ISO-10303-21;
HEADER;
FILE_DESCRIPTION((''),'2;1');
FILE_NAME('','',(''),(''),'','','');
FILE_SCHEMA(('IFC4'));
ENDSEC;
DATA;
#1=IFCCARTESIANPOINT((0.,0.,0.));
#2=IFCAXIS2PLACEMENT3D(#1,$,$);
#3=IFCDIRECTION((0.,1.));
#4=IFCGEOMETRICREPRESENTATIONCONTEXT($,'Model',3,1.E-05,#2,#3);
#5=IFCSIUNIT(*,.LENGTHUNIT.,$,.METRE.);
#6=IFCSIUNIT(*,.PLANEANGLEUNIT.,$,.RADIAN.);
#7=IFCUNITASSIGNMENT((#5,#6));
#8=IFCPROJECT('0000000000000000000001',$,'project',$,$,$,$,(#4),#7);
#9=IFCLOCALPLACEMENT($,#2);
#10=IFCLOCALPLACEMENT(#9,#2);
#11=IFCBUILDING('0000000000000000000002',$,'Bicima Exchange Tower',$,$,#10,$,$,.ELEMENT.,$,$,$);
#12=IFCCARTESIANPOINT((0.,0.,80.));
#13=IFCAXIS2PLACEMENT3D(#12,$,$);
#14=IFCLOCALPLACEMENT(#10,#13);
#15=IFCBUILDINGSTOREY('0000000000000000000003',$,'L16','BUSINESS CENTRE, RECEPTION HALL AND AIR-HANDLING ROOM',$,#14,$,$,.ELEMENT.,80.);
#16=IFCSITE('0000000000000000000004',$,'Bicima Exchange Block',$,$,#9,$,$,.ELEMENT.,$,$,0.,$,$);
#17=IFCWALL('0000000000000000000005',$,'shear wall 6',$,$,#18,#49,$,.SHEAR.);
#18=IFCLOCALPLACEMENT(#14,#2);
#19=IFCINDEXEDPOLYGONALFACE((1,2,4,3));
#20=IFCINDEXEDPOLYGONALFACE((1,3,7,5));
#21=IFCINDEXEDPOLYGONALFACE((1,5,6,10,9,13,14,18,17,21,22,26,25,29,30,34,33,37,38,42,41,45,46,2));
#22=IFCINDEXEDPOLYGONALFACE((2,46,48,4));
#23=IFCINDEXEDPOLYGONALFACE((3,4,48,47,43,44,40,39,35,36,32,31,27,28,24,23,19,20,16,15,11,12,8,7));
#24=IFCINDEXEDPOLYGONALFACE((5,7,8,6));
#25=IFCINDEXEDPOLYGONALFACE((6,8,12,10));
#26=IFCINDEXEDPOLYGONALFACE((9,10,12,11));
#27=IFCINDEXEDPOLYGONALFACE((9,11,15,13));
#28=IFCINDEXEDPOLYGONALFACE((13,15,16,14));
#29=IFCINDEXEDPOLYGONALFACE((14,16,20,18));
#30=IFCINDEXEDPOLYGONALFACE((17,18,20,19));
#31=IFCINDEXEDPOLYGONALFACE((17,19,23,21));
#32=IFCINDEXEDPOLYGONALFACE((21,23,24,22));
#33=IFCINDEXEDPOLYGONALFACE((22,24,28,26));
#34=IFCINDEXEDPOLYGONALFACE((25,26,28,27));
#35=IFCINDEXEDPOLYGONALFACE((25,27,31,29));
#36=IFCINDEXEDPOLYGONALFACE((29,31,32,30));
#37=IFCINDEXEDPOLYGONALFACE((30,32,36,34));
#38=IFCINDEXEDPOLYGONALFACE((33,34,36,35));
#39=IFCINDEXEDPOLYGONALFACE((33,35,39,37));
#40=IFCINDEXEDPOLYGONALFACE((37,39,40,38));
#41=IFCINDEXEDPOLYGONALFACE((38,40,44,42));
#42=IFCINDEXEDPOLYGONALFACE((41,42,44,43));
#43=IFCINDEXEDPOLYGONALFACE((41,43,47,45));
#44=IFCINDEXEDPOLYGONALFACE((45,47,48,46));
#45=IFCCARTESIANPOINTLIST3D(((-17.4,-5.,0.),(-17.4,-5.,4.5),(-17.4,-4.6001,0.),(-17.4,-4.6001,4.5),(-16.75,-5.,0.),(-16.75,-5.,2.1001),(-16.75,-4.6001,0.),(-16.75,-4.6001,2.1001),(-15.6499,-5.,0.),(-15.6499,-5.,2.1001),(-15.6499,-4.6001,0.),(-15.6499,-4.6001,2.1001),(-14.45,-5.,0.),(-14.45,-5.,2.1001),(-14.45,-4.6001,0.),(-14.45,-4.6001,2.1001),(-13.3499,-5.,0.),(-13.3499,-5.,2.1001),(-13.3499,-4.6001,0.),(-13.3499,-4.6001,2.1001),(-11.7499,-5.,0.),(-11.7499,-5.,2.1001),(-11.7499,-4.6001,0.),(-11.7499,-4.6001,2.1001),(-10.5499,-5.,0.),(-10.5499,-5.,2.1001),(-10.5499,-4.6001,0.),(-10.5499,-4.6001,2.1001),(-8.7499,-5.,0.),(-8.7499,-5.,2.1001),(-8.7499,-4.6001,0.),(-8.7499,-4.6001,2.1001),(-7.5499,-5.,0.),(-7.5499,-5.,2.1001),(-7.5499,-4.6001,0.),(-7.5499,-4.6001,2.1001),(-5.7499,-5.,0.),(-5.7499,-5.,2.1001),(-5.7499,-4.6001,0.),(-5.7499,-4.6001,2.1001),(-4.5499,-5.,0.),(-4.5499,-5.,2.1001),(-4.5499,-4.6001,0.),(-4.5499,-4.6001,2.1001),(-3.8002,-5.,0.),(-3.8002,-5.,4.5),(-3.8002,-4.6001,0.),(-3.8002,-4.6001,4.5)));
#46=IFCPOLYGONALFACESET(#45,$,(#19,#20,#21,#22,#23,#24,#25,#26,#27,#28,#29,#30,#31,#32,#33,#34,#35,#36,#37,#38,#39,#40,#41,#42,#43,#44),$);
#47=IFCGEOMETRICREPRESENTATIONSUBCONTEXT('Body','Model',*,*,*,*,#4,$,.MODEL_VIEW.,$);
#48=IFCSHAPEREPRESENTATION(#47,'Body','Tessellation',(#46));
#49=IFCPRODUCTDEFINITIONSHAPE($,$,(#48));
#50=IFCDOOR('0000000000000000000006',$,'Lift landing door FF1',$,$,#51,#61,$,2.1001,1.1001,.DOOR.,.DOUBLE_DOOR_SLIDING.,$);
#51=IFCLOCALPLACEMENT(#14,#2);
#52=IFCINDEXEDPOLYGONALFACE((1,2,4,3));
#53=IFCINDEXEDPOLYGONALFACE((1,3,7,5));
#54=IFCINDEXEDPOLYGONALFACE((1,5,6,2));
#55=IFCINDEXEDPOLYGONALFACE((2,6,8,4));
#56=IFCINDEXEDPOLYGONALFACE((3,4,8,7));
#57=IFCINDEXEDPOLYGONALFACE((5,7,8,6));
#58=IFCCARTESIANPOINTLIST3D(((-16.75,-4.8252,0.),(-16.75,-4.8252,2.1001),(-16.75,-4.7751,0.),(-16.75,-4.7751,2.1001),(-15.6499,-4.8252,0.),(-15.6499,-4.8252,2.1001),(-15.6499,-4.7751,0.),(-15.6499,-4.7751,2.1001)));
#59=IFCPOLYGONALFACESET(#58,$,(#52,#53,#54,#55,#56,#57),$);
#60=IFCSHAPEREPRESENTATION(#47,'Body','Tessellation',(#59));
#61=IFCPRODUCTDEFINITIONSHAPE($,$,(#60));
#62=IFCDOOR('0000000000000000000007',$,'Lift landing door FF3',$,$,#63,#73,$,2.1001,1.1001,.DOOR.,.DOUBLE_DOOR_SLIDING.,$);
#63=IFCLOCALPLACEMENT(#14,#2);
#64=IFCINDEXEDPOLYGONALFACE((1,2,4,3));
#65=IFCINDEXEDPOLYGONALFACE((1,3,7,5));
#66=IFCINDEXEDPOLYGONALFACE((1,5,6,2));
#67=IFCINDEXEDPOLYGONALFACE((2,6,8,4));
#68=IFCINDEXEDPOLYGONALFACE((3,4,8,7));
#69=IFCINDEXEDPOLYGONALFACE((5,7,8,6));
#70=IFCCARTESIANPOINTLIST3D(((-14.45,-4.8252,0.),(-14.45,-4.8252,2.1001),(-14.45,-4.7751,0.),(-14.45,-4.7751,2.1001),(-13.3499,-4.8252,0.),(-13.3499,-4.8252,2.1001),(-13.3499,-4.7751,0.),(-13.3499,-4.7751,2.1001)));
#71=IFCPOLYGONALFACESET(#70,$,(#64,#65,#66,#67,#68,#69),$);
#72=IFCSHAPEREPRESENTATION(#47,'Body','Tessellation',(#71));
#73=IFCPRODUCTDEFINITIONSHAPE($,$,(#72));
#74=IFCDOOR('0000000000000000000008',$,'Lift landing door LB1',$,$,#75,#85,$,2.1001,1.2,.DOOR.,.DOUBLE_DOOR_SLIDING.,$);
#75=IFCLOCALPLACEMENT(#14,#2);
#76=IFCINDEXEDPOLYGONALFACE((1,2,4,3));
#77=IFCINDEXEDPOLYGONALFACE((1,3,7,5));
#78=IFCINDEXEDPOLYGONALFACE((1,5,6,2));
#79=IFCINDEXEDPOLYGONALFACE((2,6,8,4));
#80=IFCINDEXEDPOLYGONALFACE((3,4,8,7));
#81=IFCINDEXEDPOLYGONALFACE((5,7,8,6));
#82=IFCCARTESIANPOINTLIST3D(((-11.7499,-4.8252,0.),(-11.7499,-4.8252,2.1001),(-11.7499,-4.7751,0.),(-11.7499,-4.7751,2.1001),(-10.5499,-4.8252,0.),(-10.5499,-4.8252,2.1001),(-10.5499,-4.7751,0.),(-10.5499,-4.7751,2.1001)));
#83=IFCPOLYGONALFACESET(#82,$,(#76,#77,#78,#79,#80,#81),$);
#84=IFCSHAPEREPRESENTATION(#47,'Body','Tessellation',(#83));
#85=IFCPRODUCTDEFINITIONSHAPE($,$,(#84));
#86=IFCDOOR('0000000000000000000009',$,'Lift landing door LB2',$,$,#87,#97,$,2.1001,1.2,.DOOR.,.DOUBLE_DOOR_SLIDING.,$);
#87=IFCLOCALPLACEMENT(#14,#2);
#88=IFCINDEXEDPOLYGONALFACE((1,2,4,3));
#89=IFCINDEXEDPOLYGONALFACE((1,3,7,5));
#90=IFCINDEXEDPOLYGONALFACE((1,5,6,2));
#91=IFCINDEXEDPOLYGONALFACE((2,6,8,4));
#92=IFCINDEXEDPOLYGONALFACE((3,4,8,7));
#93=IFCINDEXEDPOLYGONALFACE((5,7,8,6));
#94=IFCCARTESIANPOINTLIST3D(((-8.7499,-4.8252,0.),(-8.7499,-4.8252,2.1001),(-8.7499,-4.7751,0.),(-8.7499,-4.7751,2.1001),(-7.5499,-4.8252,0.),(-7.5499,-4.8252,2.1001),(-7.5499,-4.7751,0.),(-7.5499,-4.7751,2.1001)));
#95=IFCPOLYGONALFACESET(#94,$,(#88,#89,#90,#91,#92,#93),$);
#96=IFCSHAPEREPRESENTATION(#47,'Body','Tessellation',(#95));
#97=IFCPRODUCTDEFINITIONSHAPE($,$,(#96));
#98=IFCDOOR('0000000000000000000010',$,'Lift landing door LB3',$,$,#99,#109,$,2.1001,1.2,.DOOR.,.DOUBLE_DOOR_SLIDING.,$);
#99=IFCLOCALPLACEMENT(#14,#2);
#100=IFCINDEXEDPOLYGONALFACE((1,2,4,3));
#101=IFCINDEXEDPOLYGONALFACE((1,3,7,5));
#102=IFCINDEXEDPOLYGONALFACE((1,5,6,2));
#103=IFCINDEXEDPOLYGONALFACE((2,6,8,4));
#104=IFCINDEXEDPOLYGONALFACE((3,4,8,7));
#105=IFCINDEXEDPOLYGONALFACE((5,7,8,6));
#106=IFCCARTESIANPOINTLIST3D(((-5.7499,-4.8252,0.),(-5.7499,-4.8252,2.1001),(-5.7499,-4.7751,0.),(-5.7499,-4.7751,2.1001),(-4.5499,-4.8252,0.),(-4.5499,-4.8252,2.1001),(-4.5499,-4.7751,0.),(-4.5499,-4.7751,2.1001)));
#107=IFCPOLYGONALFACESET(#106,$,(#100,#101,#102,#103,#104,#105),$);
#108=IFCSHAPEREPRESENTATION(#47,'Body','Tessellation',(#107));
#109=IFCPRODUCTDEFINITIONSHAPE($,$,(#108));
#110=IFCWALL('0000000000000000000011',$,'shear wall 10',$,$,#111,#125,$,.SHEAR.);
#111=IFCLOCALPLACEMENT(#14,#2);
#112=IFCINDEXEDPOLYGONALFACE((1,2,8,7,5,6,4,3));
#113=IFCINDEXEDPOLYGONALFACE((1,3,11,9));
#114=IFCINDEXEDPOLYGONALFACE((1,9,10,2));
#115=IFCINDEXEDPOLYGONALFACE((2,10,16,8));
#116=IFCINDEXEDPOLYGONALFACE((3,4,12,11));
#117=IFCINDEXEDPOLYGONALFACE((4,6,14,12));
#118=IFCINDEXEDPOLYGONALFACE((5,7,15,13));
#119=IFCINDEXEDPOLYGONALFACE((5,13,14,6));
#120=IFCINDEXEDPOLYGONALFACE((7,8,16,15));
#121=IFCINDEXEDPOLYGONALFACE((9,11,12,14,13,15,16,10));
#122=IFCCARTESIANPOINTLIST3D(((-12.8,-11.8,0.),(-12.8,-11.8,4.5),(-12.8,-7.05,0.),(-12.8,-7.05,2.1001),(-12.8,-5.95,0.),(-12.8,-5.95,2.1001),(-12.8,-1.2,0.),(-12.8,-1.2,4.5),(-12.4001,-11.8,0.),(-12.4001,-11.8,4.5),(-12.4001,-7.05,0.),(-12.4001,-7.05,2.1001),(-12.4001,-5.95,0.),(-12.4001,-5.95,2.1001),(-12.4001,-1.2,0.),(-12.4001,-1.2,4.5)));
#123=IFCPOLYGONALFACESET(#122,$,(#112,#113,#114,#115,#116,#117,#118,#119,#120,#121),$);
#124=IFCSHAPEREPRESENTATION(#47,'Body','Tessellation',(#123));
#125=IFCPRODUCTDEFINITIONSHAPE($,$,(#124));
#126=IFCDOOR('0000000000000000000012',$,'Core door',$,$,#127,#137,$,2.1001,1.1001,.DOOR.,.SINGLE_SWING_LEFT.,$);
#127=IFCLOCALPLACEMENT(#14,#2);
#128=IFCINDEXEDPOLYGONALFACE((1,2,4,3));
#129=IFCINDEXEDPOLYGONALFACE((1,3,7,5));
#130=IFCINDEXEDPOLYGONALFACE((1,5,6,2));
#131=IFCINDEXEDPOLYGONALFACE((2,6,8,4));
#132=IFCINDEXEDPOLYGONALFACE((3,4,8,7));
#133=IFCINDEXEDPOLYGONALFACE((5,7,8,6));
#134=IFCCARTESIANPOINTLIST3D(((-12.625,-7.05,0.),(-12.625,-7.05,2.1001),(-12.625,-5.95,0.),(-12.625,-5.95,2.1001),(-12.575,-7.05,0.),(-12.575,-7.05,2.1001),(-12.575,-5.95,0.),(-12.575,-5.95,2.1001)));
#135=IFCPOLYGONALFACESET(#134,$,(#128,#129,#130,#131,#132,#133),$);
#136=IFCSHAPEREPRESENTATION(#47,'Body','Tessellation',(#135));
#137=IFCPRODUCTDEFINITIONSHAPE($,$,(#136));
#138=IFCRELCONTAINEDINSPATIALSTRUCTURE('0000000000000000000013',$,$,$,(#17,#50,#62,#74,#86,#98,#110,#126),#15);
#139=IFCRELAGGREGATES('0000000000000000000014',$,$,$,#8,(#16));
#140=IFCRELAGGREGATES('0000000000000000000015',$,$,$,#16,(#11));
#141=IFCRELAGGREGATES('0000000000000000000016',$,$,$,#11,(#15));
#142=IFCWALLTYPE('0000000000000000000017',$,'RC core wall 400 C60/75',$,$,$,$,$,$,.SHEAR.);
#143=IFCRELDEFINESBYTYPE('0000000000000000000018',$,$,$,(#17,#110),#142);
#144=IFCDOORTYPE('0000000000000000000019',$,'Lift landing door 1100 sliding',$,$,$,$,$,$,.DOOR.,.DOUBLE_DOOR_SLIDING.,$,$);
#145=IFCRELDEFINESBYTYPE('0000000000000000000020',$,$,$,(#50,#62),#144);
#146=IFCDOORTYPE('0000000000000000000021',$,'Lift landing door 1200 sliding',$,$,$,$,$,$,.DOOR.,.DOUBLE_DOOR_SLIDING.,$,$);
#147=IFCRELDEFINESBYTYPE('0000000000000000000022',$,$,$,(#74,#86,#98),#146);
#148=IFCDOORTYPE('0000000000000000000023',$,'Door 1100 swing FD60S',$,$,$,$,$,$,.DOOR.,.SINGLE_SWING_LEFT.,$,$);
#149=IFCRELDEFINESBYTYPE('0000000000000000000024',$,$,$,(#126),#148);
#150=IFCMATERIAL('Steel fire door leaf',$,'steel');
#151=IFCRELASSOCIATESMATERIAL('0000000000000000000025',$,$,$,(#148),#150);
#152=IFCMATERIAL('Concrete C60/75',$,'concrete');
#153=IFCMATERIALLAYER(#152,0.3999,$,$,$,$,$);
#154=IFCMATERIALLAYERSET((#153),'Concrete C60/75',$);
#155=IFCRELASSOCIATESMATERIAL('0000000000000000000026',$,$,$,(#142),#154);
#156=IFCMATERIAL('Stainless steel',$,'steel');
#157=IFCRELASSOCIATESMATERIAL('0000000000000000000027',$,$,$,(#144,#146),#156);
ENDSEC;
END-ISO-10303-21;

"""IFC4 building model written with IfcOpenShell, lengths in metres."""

from ifc_helpers import new_model, si_unit, direction, frame, frame_2d, origin, place, context, subcontext, project, spatial, rectangle, extrude, material, layer, layer_set, type_object, element, fill, save


model = new_model("IFC4")

# Units and contexts
model_context = context("Model", 3, precision=1e-05, world=origin(), true_north=direction((0.0, 1.0)))
body_context = subcontext(model_context, "Body", "Model", "MODEL_VIEW")
ifc_project = project(units=[si_unit("LENGTHUNIT", "METRE"), si_unit("PLANEANGLEUNIT", "RADIAN")], contexts=[model_context])

# Site, building, storey
site_placement = place(None, origin())
site = spatial("IfcSite", under=ifc_project, at=site_placement, Name="Bicima Exchange Block", CompositionType="ELEMENT", RefElevation=0.0)
building_placement = place(site_placement, origin())
building = spatial("IfcBuilding", under=site, at=building_placement, Name="Bicima Exchange Tower", CompositionType="ELEMENT")
storey_placement = place(building_placement, frame((0.0, 0.0, 80.0)))
storey = spatial("IfcBuildingStorey", under=building, at=storey_placement, Name="L16", Description="BUSINESS CENTRE, RECEPTION HALL AND AIR-HANDLING ROOM", CompositionType="ELEMENT", Elevation=80.0)

# Shared definitions
ifc_material_1 = material(Name="Concrete C60/75", Category="concrete")

# Shared definitions
ifc_material_2 = material(Name="Steel fire door leaf", Category="steel")

# Shared definitions
door_type_1 = type_object("IfcDoorType", Name="Door 1100 swing FD60S", OperationType="SINGLE_SWING_LEFT", PredefinedType="DOOR", material=ifc_material_2)

# Shared definitions
ifc_layer_1 = layer(ifc_material_1, 0.3999)
ifc_layer_set_1 = layer_set([ifc_layer_1], Name="Concrete C60/75")
wall_type_1 = type_object("IfcWallType", Name="RC core wall 400 C60/75", PredefinedType="SHEAR", material=ifc_layer_set_1)

# Wall, openings, doors
wall_1_placement = place(storey_placement, frame((-17.3999, -4.8, 0.0), z_axis=(0.0, 0.0, 1.0), x_axis=(1.0, 0.0, 0.0)))
wall_1 = element("IfcWall", 1, at=wall_1_placement, inside=storey, type_object=wall_type_1, Name="shear wall 6", PredefinedType="SHEAR", context=body_context, shape_type="SweptSolid", body=[
    extrude(rectangle(XDim=13.5999, YDim=0.3999, at=frame_2d((6.7998, 0.0))), origin(), (0.0, 0.0, 1.0), 4.5),
])
opening_1_placement = place(wall_1_placement, frame((0.6499, 0.0, 0.0)))
opening_1 = element("IfcOpeningElement", 2, at=opening_1_placement, cuts=wall_1, PredefinedType="OPENING", context=body_context, shape_type="SweptSolid", body=[
    extrude(rectangle(XDim=1.1001, YDim=2.1001, at=frame_2d((0.55, 1.05))), frame((0.0, 0.2119, 0.0), z_axis=(0.0, -1.0, 0.0), x_axis=(1.0, 0.0, 0.0)), (0.0, 0.0, 1.0), 0.4238),
])
opening_2_placement = place(wall_1_placement, frame((2.95, 0.0, 0.0)))
opening_2 = element("IfcOpeningElement", 3, at=opening_2_placement, cuts=wall_1, PredefinedType="OPENING", context=body_context, shape_type="SweptSolid", body=[
    extrude(rectangle(XDim=1.1001, YDim=2.1001, at=frame_2d((0.55, 1.05))), frame((0.0, 0.2119, 0.0), z_axis=(0.0, -1.0, 0.0), x_axis=(1.0, 0.0, 0.0)), (0.0, 0.0, 1.0), 0.4238),
])
opening_3_placement = place(wall_1_placement, frame((5.6499, 0.0, 0.0)))
opening_3 = element("IfcOpeningElement", 4, at=opening_3_placement, cuts=wall_1, PredefinedType="OPENING", context=body_context, shape_type="SweptSolid", body=[
    extrude(rectangle(XDim=1.2, YDim=2.1001, at=frame_2d((0.6001, 1.05))), frame((0.0, 0.2119, 0.0), z_axis=(0.0, -1.0, 0.0), x_axis=(1.0, 0.0, 0.0)), (0.0, 0.0, 1.0), 0.4238),
])
opening_4_placement = place(wall_1_placement, frame((8.6499, 0.0, 0.0)))
opening_4 = element("IfcOpeningElement", 5, at=opening_4_placement, cuts=wall_1, PredefinedType="OPENING", context=body_context, shape_type="SweptSolid", body=[
    extrude(rectangle(XDim=1.2, YDim=2.1001, at=frame_2d((0.6001, 1.05))), frame((0.0, 0.2119, 0.0), z_axis=(0.0, -1.0, 0.0), x_axis=(1.0, 0.0, 0.0)), (0.0, 0.0, 1.0), 0.4238),
])
opening_5_placement = place(wall_1_placement, frame((11.6499, 0.0, 0.0)))
opening_5 = element("IfcOpeningElement", 6, at=opening_5_placement, cuts=wall_1, PredefinedType="OPENING", context=body_context, shape_type="SweptSolid", body=[
    extrude(rectangle(XDim=1.2, YDim=2.1001, at=frame_2d((0.6001, 1.05))), frame((0.0, 0.2119, 0.0), z_axis=(0.0, -1.0, 0.0), x_axis=(1.0, 0.0, 0.0)), (0.0, 0.0, 1.0), 0.4238),
])
ifc_material_3 = material(Name="Stainless steel", Category="steel")
door_type_2 = type_object("IfcDoorType", Name="Lift landing door 1100 sliding", OperationType="DOUBLE_DOOR_SLIDING", PredefinedType="DOOR", material=ifc_material_3)
door_1_placement = place(opening_1_placement, origin())
door_1 = element("IfcDoor", 7, at=door_1_placement, inside=storey, type_object=door_type_2, Name="Lift landing door FF1", OperationType="DOUBLE_DOOR_SLIDING", OverallHeight=2.1001, OverallWidth=1.1001, PredefinedType="DOOR", context=body_context, shape_type="SweptSolid", body=[
    extrude(rectangle(XDim=1.1001, YDim=2.1001, at=frame_2d((0.55, 1.05))), frame((0.0, 0.0249, 0.0), z_axis=(0.0, -1.0, 0.0), x_axis=(1.0, 0.0, 0.0)), (0.0, 0.0, 1.0), 0.05),
])
fill(opening_1, door_1)
door_2_placement = place(opening_2_placement, origin())
door_2 = element("IfcDoor", 8, at=door_2_placement, inside=storey, type_object=door_type_2, Name="Lift landing door FF3", OperationType="DOUBLE_DOOR_SLIDING", OverallHeight=2.1001, OverallWidth=1.1001, PredefinedType="DOOR", context=body_context, shape_type="SweptSolid", body=[
    extrude(rectangle(XDim=1.1001, YDim=2.1001, at=frame_2d((0.55, 1.05))), frame((0.0, 0.0249, 0.0), z_axis=(0.0, -1.0, 0.0), x_axis=(1.0, 0.0, 0.0)), (0.0, 0.0, 1.0), 0.05),
])
fill(opening_2, door_2)
door_type_3 = type_object("IfcDoorType", Name="Lift landing door 1200 sliding", OperationType="DOUBLE_DOOR_SLIDING", PredefinedType="DOOR", material=ifc_material_3)
door_3_placement = place(opening_3_placement, origin())
door_3 = element("IfcDoor", 9, at=door_3_placement, inside=storey, type_object=door_type_3, Name="Lift landing door LB1", OperationType="DOUBLE_DOOR_SLIDING", OverallHeight=2.1001, OverallWidth=1.2, PredefinedType="DOOR", context=body_context, shape_type="SweptSolid", body=[
    extrude(rectangle(XDim=1.2, YDim=2.1001, at=frame_2d((0.6001, 1.05))), frame((0.0, 0.0249, 0.0), z_axis=(0.0, -1.0, 0.0), x_axis=(1.0, 0.0, 0.0)), (0.0, 0.0, 1.0), 0.05),
])
fill(opening_3, door_3)
door_4_placement = place(opening_4_placement, origin())
door_4 = element("IfcDoor", 10, at=door_4_placement, inside=storey, type_object=door_type_3, Name="Lift landing door LB2", OperationType="DOUBLE_DOOR_SLIDING", OverallHeight=2.1001, OverallWidth=1.2, PredefinedType="DOOR", context=body_context, shape_type="SweptSolid", body=[
    extrude(rectangle(XDim=1.2, YDim=2.1001, at=frame_2d((0.6001, 1.05))), frame((0.0, 0.0249, 0.0), z_axis=(0.0, -1.0, 0.0), x_axis=(1.0, 0.0, 0.0)), (0.0, 0.0, 1.0), 0.05),
])
fill(opening_4, door_4)
door_5_placement = place(opening_5_placement, origin())
door_5 = element("IfcDoor", 11, at=door_5_placement, inside=storey, type_object=door_type_3, Name="Lift landing door LB3", OperationType="DOUBLE_DOOR_SLIDING", OverallHeight=2.1001, OverallWidth=1.2, PredefinedType="DOOR", context=body_context, shape_type="SweptSolid", body=[
    extrude(rectangle(XDim=1.2, YDim=2.1001, at=frame_2d((0.6001, 1.05))), frame((0.0, 0.0249, 0.0), z_axis=(0.0, -1.0, 0.0), x_axis=(1.0, 0.0, 0.0)), (0.0, 0.0, 1.0), 0.05),
])
fill(opening_5, door_5)

# Wall, opening, door
wall_2_placement = place(storey_placement, frame((-12.6001, -11.8, 0.0), z_axis=(0.0, 0.0, 1.0), x_axis=(0.0, 1.0, 0.0)))
wall_2 = element("IfcWall", 12, at=wall_2_placement, inside=storey, type_object=wall_type_1, Name="shear wall 10", PredefinedType="SHEAR", context=body_context, shape_type="SweptSolid", body=[
    extrude(rectangle(XDim=10.6001, YDim=0.3999, at=frame_2d((5.3, 0.0))), origin(), (0.0, 0.0, 1.0), 4.5),
])
opening_6_placement = place(wall_2_placement, frame((4.75, 0.0, 0.0)))
opening_6 = element("IfcOpeningElement", 13, at=opening_6_placement, cuts=wall_2, PredefinedType="OPENING", context=body_context, shape_type="SweptSolid", body=[
    extrude(rectangle(XDim=1.1001, YDim=2.1001, at=frame_2d((0.55, 1.05))), frame((0.0, 0.2119, 0.0), z_axis=(0.0, -1.0, 0.0), x_axis=(1.0, 0.0, 0.0)), (0.0, 0.0, 1.0), 0.4238),
])
door_6_placement = place(opening_6_placement, origin())
door_6 = element("IfcDoor", 14, at=door_6_placement, inside=storey, type_object=door_type_1, Name="Core door", OperationType="SINGLE_SWING_LEFT", OverallHeight=2.1001, OverallWidth=1.1001, PredefinedType="DOOR", context=body_context, shape_type="SweptSolid", body=[
    extrude(rectangle(XDim=1.1001, YDim=2.1001, at=frame_2d((0.55, 1.05))), frame((0.0, 0.0249, 0.0), z_axis=(0.0, -1.0, 0.0), x_axis=(1.0, 0.0, 0.0)), (0.0, 0.0, 1.0), 0.05),
])
fill(opening_6, door_6)

save(model, "model.ifc")
